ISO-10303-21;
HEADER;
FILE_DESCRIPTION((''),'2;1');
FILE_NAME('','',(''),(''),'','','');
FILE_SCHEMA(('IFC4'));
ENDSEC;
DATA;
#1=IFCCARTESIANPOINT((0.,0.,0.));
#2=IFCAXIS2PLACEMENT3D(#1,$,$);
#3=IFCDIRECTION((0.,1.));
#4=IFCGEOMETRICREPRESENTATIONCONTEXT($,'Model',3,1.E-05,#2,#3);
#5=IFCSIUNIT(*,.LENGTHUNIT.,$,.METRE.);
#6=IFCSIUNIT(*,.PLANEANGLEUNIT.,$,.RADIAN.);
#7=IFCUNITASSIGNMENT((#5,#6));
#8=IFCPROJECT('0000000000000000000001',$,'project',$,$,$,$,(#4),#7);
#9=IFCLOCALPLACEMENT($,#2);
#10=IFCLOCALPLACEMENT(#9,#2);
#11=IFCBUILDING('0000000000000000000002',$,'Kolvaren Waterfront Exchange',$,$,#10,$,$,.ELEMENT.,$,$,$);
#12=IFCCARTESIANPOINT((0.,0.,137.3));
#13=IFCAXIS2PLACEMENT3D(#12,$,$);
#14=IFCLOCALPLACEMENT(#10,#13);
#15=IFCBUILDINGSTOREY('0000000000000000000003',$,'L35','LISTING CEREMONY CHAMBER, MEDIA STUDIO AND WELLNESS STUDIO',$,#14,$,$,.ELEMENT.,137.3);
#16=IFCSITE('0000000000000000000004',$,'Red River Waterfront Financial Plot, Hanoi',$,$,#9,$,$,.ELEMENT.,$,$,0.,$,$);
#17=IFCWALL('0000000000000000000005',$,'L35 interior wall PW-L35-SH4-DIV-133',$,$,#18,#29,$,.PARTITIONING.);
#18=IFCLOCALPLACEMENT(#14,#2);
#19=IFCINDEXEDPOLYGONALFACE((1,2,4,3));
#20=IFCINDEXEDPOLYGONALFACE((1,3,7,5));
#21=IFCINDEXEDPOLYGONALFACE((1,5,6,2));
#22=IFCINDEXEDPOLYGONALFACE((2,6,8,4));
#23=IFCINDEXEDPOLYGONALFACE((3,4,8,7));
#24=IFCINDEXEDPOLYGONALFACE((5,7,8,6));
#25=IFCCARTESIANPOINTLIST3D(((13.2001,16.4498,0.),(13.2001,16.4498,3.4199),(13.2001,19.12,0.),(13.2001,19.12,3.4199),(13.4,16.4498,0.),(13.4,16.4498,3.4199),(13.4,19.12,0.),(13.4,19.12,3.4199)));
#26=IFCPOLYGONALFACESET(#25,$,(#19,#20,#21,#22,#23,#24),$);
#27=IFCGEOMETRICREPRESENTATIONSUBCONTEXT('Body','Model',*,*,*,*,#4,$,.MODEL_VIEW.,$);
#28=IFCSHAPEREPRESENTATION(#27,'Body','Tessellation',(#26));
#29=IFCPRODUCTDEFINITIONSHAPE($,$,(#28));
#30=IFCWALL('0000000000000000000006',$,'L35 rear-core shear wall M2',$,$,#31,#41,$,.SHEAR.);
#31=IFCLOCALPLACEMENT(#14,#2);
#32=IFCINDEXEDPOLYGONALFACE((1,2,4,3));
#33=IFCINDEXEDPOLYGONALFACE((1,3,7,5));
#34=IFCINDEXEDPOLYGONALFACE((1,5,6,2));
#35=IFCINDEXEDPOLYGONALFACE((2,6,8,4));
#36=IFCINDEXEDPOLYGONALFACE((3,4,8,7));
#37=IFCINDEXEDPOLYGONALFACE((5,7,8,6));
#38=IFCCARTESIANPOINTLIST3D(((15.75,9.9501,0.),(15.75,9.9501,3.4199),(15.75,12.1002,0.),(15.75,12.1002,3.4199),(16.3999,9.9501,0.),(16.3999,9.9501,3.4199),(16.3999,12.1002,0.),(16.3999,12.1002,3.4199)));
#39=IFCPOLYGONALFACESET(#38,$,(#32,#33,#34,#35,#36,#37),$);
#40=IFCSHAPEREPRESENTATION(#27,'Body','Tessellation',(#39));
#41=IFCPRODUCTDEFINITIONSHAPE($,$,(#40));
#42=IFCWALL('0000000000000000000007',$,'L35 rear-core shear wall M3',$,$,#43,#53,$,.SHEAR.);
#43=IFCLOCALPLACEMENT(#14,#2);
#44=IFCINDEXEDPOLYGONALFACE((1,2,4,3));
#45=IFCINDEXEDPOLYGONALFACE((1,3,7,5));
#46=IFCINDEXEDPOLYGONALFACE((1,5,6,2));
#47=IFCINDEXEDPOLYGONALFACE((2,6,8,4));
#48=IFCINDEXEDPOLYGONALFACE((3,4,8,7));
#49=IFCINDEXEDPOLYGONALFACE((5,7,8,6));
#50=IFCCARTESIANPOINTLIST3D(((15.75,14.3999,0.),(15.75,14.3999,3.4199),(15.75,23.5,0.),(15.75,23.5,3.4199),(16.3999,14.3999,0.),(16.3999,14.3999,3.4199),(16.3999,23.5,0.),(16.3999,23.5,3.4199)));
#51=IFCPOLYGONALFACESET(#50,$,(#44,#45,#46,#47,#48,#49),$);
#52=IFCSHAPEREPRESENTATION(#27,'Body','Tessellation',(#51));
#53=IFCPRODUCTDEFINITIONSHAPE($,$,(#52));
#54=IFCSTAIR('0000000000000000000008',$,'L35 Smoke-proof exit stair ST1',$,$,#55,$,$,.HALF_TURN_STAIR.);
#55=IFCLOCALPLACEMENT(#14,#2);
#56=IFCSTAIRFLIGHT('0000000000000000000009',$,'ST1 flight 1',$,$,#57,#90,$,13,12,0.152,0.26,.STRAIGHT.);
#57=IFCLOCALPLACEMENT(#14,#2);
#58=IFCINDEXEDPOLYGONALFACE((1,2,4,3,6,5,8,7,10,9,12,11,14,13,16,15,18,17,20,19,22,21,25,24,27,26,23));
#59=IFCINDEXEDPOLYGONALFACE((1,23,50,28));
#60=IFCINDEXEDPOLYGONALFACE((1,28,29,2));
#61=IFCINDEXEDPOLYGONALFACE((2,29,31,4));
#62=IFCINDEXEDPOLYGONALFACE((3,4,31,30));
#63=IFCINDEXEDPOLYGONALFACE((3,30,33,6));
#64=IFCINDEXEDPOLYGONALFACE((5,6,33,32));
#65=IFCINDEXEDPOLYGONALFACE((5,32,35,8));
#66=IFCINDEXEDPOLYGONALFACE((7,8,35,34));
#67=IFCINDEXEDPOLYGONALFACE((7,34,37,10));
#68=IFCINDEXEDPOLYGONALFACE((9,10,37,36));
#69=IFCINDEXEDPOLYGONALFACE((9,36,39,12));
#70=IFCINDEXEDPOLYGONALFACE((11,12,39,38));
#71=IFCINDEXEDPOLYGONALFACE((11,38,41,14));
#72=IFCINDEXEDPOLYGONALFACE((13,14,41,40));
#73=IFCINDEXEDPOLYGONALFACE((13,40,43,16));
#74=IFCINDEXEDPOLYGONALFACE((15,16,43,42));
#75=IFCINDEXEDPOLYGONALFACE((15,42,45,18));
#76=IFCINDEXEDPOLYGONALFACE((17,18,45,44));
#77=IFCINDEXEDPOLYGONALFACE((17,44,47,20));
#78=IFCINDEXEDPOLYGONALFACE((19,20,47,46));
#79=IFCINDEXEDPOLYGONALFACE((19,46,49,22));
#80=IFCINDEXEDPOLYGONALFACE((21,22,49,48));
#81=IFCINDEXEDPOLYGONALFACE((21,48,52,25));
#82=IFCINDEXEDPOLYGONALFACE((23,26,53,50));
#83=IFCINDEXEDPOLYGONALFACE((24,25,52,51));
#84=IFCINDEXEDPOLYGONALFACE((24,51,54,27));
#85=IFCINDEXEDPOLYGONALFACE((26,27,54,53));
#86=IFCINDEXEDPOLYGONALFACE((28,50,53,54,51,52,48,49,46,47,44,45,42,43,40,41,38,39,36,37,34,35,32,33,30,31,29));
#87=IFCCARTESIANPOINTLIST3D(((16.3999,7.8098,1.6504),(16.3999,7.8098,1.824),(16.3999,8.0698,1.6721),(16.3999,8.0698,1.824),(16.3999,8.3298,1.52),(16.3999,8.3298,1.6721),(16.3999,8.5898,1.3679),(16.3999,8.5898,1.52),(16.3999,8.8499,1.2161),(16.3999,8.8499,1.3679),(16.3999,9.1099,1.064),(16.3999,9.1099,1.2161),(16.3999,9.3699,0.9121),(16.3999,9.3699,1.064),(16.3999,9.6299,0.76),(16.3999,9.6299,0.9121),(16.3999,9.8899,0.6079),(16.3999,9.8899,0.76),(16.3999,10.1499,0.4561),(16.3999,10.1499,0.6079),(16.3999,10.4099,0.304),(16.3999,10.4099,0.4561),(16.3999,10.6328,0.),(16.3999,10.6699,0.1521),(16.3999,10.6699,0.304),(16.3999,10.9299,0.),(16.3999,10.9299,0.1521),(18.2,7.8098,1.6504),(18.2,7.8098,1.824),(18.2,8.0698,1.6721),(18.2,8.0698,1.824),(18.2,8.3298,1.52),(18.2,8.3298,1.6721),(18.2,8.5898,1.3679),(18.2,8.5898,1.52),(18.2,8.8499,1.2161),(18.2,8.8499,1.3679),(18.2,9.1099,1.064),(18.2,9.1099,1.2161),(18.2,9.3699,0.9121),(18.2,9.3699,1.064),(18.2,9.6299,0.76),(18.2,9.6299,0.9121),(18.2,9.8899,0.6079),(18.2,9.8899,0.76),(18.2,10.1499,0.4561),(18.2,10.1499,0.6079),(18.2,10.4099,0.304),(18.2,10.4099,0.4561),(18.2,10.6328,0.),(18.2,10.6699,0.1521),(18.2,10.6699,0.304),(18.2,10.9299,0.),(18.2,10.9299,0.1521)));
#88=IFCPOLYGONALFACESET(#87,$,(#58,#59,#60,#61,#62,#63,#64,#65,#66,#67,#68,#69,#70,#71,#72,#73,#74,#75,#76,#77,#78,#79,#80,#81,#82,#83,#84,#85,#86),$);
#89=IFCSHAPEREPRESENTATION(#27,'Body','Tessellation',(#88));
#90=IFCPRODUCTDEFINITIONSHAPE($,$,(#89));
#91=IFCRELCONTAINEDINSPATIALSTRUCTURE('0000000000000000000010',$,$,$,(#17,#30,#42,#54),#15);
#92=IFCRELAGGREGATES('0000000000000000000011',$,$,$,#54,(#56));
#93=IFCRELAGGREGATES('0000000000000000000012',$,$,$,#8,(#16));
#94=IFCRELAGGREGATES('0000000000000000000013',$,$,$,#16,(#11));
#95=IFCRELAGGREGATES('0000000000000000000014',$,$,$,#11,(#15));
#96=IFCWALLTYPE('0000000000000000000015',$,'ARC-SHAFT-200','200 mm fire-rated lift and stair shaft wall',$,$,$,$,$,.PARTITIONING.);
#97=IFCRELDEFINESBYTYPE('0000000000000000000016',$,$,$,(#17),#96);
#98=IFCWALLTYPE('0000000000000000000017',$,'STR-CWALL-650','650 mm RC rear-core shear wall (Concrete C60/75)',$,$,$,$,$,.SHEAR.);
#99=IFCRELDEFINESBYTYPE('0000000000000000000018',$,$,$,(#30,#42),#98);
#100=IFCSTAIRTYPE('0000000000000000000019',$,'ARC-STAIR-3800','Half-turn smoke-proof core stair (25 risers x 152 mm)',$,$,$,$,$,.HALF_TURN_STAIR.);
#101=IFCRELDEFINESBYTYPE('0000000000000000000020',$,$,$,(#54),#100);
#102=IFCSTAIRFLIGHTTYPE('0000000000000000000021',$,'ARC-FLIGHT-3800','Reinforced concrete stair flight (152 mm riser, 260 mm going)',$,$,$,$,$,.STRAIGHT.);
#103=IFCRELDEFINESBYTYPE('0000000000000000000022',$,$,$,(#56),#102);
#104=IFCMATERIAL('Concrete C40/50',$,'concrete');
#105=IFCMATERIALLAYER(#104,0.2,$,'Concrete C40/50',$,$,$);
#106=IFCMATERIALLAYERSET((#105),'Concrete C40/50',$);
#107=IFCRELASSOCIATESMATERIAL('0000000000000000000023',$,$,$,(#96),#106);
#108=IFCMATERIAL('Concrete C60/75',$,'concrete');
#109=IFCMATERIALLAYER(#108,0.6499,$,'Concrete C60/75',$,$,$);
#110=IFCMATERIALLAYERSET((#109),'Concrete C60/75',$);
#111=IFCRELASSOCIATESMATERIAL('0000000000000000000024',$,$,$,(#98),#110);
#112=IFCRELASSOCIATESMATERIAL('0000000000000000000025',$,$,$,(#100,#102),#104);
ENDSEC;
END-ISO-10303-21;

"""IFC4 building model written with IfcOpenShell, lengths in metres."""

from ifc_helpers import new_model, si_unit, direction, frame, frame_2d, origin, place, context, subcontext, project, spatial, polyline, rectangle, outline, extrude, material, layer, layer_set, type_object, element, aggregate, save


model = new_model("IFC4")

# Units and contexts
model_context = context("Model", 3, precision=1e-05, world=origin(), true_north=direction((0.0, 1.0)))
body_context = subcontext(model_context, "Body", "Model", "MODEL_VIEW")
ifc_project = project(units=[si_unit("LENGTHUNIT", "METRE"), si_unit("PLANEANGLEUNIT", "RADIAN")], contexts=[model_context])

# Site, building, storey
site_placement = place(None, origin())
site = spatial("IfcSite", under=ifc_project, at=site_placement, Name="Red River Waterfront Financial Plot, Hanoi", CompositionType="ELEMENT", RefElevation=0.0)
building_placement = place(site_placement, origin())
building = spatial("IfcBuilding", under=site, at=building_placement, Name="Kolvaren Waterfront Exchange", CompositionType="ELEMENT")
storey_placement = place(building_placement, frame((0.0, 0.0, 137.3)))
storey = spatial("IfcBuildingStorey", under=building, at=storey_placement, Name="L35", Description="LISTING CEREMONY CHAMBER, MEDIA STUDIO AND WELLNESS STUDIO", CompositionType="ELEMENT", Elevation=137.3)

# Shared definitions
ifc_material_1 = material(Name="Concrete C60/75", Category="concrete")

# Walls
ifc_material_2 = material(Name="Concrete C40/50", Category="concrete")
ifc_layer_1 = layer(ifc_material_2, 0.2, Name="Concrete C40/50")
ifc_layer_set_1 = layer_set([ifc_layer_1], Name="Concrete C40/50")
wall_type_1 = type_object("IfcWallType", Name="ARC-SHAFT-200", Description="200 mm fire-rated lift and stair shaft wall", PredefinedType="PARTITIONING", material=ifc_layer_set_1)
for number, where, z_axis, x_axis, name in (
    (1, (13.3, 16.45, 0.0), (0.0, 0.0, 1.0), (0.0, 1.0, 0.0), "L35 interior wall PW-L35-SH4-DIV-133"),
):
    element("IfcWall", number, at=place(storey_placement, frame(where, z_axis=z_axis, x_axis=x_axis)), inside=storey, type_object=wall_type_1, Name=name, PredefinedType="PARTITIONING", context=body_context, shape_type="SweptSolid", body=[
        extrude(rectangle(XDim=2.6702, YDim=0.2, at=frame_2d((1.335, 0.0))), origin(), (0.0, 0.0, 1.0), 3.4199),
    ])
ifc_layer_2 = layer(ifc_material_1, 0.6499, Name="Concrete C60/75")
ifc_layer_set_2 = layer_set([ifc_layer_2], Name="Concrete C60/75")
wall_type_2 = type_object("IfcWallType", Name="STR-CWALL-650", Description="650 mm RC rear-core shear wall (Concrete C60/75)", PredefinedType="SHEAR", material=ifc_layer_set_2)
wall_1_placement = place(storey_placement, frame((16.075, 9.95, 0.0), z_axis=(0.0, 0.0, 1.0), x_axis=(0.0, 1.0, 0.0)))
element("IfcWall", 2, at=wall_1_placement, inside=storey, type_object=wall_type_2, Name="L35 rear-core shear wall M2", PredefinedType="SHEAR", context=body_context, shape_type="SweptSolid", body=[
    extrude(rectangle(XDim=2.1501, YDim=0.6499, at=frame_2d((1.0752, 0.0))), origin(), (0.0, 0.0, 1.0), 3.4199),
])
wall_2_placement = place(storey_placement, frame((16.075, 14.3999, 0.0), z_axis=(0.0, 0.0, 1.0), x_axis=(0.0, 1.0, 0.0)))
element("IfcWall", 3, at=wall_2_placement, inside=storey, type_object=wall_type_2, Name="L35 rear-core shear wall M3", PredefinedType="SHEAR", context=body_context, shape_type="SweptSolid", body=[
    extrude(rectangle(XDim=9.1001, YDim=0.6499, at=frame_2d((4.55, 0.0))), origin(), (0.0, 0.0, 1.0), 3.4199),
])

# Stair, stair flight
stair_type = type_object("IfcStairType", Name="ARC-STAIR-3800", Description="Half-turn smoke-proof core stair (25 risers x 152 mm)", PredefinedType="HALF_TURN_STAIR", material=ifc_material_2)
stair_placement = place(storey_placement, origin())
stair = element("IfcStair", 4, at=stair_placement, inside=storey, type_object=stair_type, Name="L35 Smoke-proof exit stair ST1", PredefinedType="HALF_TURN_STAIR")
stair_flight_type = type_object("IfcStairFlightType", Name="ARC-FLIGHT-3800", Description="Reinforced concrete stair flight (152 mm riser, 260 mm going)", PredefinedType="STRAIGHT", material=ifc_material_2)
stair_flight_placement = place(storey_placement, frame((17.3, 10.9299, 0.0), z_axis=(0.0, 0.0, 1.0), x_axis=(0.0, -1.0, 0.0)))
stair_flight = element("IfcStairFlight", 5, at=stair_flight_placement, type_object=stair_flight_type, Name="ST1 flight 1", NumberOfRisers=13, NumberOfTreads=12, PredefinedType="STRAIGHT", RiserHeight=0.152, TreadLength=0.26, context=body_context, shape_type="SweptSolid", body=[
    extrude(outline(polyline([(0.0, 0.0), (0.0, 0.1521), (0.26, 0.1521), (0.26, 0.304), (0.52, 0.304), (0.52, 0.4561), (0.78, 0.4561), (0.78, 0.6079), (1.04, 0.6079), (1.04, 0.76), (1.3, 0.76), (1.3, 0.9121), (1.5601, 0.9121), (1.5601, 1.064), (1.8201, 1.064), (1.8201, 1.2161), (2.0801, 1.2161), (2.0801, 1.3679), (2.3401, 1.3679), (2.3401, 1.52), (2.6001, 1.52), (2.6001, 1.6721), (2.8601, 1.6721), (2.8601, 1.824), (3.1201, 1.824), (3.1201, 1.9761), (3.1201, 1.6504), (0.2971, 0.0), (0.0, 0.0)])), frame((0.0, 0.8999, 0.0), z_axis=(0.0, -1.0, 0.0), x_axis=(1.0, 0.0, 0.0)), (0.0, 0.0, 1.0), 1.8),
])
aggregate(stair, [stair_flight])

save(model, "model.ifc")
